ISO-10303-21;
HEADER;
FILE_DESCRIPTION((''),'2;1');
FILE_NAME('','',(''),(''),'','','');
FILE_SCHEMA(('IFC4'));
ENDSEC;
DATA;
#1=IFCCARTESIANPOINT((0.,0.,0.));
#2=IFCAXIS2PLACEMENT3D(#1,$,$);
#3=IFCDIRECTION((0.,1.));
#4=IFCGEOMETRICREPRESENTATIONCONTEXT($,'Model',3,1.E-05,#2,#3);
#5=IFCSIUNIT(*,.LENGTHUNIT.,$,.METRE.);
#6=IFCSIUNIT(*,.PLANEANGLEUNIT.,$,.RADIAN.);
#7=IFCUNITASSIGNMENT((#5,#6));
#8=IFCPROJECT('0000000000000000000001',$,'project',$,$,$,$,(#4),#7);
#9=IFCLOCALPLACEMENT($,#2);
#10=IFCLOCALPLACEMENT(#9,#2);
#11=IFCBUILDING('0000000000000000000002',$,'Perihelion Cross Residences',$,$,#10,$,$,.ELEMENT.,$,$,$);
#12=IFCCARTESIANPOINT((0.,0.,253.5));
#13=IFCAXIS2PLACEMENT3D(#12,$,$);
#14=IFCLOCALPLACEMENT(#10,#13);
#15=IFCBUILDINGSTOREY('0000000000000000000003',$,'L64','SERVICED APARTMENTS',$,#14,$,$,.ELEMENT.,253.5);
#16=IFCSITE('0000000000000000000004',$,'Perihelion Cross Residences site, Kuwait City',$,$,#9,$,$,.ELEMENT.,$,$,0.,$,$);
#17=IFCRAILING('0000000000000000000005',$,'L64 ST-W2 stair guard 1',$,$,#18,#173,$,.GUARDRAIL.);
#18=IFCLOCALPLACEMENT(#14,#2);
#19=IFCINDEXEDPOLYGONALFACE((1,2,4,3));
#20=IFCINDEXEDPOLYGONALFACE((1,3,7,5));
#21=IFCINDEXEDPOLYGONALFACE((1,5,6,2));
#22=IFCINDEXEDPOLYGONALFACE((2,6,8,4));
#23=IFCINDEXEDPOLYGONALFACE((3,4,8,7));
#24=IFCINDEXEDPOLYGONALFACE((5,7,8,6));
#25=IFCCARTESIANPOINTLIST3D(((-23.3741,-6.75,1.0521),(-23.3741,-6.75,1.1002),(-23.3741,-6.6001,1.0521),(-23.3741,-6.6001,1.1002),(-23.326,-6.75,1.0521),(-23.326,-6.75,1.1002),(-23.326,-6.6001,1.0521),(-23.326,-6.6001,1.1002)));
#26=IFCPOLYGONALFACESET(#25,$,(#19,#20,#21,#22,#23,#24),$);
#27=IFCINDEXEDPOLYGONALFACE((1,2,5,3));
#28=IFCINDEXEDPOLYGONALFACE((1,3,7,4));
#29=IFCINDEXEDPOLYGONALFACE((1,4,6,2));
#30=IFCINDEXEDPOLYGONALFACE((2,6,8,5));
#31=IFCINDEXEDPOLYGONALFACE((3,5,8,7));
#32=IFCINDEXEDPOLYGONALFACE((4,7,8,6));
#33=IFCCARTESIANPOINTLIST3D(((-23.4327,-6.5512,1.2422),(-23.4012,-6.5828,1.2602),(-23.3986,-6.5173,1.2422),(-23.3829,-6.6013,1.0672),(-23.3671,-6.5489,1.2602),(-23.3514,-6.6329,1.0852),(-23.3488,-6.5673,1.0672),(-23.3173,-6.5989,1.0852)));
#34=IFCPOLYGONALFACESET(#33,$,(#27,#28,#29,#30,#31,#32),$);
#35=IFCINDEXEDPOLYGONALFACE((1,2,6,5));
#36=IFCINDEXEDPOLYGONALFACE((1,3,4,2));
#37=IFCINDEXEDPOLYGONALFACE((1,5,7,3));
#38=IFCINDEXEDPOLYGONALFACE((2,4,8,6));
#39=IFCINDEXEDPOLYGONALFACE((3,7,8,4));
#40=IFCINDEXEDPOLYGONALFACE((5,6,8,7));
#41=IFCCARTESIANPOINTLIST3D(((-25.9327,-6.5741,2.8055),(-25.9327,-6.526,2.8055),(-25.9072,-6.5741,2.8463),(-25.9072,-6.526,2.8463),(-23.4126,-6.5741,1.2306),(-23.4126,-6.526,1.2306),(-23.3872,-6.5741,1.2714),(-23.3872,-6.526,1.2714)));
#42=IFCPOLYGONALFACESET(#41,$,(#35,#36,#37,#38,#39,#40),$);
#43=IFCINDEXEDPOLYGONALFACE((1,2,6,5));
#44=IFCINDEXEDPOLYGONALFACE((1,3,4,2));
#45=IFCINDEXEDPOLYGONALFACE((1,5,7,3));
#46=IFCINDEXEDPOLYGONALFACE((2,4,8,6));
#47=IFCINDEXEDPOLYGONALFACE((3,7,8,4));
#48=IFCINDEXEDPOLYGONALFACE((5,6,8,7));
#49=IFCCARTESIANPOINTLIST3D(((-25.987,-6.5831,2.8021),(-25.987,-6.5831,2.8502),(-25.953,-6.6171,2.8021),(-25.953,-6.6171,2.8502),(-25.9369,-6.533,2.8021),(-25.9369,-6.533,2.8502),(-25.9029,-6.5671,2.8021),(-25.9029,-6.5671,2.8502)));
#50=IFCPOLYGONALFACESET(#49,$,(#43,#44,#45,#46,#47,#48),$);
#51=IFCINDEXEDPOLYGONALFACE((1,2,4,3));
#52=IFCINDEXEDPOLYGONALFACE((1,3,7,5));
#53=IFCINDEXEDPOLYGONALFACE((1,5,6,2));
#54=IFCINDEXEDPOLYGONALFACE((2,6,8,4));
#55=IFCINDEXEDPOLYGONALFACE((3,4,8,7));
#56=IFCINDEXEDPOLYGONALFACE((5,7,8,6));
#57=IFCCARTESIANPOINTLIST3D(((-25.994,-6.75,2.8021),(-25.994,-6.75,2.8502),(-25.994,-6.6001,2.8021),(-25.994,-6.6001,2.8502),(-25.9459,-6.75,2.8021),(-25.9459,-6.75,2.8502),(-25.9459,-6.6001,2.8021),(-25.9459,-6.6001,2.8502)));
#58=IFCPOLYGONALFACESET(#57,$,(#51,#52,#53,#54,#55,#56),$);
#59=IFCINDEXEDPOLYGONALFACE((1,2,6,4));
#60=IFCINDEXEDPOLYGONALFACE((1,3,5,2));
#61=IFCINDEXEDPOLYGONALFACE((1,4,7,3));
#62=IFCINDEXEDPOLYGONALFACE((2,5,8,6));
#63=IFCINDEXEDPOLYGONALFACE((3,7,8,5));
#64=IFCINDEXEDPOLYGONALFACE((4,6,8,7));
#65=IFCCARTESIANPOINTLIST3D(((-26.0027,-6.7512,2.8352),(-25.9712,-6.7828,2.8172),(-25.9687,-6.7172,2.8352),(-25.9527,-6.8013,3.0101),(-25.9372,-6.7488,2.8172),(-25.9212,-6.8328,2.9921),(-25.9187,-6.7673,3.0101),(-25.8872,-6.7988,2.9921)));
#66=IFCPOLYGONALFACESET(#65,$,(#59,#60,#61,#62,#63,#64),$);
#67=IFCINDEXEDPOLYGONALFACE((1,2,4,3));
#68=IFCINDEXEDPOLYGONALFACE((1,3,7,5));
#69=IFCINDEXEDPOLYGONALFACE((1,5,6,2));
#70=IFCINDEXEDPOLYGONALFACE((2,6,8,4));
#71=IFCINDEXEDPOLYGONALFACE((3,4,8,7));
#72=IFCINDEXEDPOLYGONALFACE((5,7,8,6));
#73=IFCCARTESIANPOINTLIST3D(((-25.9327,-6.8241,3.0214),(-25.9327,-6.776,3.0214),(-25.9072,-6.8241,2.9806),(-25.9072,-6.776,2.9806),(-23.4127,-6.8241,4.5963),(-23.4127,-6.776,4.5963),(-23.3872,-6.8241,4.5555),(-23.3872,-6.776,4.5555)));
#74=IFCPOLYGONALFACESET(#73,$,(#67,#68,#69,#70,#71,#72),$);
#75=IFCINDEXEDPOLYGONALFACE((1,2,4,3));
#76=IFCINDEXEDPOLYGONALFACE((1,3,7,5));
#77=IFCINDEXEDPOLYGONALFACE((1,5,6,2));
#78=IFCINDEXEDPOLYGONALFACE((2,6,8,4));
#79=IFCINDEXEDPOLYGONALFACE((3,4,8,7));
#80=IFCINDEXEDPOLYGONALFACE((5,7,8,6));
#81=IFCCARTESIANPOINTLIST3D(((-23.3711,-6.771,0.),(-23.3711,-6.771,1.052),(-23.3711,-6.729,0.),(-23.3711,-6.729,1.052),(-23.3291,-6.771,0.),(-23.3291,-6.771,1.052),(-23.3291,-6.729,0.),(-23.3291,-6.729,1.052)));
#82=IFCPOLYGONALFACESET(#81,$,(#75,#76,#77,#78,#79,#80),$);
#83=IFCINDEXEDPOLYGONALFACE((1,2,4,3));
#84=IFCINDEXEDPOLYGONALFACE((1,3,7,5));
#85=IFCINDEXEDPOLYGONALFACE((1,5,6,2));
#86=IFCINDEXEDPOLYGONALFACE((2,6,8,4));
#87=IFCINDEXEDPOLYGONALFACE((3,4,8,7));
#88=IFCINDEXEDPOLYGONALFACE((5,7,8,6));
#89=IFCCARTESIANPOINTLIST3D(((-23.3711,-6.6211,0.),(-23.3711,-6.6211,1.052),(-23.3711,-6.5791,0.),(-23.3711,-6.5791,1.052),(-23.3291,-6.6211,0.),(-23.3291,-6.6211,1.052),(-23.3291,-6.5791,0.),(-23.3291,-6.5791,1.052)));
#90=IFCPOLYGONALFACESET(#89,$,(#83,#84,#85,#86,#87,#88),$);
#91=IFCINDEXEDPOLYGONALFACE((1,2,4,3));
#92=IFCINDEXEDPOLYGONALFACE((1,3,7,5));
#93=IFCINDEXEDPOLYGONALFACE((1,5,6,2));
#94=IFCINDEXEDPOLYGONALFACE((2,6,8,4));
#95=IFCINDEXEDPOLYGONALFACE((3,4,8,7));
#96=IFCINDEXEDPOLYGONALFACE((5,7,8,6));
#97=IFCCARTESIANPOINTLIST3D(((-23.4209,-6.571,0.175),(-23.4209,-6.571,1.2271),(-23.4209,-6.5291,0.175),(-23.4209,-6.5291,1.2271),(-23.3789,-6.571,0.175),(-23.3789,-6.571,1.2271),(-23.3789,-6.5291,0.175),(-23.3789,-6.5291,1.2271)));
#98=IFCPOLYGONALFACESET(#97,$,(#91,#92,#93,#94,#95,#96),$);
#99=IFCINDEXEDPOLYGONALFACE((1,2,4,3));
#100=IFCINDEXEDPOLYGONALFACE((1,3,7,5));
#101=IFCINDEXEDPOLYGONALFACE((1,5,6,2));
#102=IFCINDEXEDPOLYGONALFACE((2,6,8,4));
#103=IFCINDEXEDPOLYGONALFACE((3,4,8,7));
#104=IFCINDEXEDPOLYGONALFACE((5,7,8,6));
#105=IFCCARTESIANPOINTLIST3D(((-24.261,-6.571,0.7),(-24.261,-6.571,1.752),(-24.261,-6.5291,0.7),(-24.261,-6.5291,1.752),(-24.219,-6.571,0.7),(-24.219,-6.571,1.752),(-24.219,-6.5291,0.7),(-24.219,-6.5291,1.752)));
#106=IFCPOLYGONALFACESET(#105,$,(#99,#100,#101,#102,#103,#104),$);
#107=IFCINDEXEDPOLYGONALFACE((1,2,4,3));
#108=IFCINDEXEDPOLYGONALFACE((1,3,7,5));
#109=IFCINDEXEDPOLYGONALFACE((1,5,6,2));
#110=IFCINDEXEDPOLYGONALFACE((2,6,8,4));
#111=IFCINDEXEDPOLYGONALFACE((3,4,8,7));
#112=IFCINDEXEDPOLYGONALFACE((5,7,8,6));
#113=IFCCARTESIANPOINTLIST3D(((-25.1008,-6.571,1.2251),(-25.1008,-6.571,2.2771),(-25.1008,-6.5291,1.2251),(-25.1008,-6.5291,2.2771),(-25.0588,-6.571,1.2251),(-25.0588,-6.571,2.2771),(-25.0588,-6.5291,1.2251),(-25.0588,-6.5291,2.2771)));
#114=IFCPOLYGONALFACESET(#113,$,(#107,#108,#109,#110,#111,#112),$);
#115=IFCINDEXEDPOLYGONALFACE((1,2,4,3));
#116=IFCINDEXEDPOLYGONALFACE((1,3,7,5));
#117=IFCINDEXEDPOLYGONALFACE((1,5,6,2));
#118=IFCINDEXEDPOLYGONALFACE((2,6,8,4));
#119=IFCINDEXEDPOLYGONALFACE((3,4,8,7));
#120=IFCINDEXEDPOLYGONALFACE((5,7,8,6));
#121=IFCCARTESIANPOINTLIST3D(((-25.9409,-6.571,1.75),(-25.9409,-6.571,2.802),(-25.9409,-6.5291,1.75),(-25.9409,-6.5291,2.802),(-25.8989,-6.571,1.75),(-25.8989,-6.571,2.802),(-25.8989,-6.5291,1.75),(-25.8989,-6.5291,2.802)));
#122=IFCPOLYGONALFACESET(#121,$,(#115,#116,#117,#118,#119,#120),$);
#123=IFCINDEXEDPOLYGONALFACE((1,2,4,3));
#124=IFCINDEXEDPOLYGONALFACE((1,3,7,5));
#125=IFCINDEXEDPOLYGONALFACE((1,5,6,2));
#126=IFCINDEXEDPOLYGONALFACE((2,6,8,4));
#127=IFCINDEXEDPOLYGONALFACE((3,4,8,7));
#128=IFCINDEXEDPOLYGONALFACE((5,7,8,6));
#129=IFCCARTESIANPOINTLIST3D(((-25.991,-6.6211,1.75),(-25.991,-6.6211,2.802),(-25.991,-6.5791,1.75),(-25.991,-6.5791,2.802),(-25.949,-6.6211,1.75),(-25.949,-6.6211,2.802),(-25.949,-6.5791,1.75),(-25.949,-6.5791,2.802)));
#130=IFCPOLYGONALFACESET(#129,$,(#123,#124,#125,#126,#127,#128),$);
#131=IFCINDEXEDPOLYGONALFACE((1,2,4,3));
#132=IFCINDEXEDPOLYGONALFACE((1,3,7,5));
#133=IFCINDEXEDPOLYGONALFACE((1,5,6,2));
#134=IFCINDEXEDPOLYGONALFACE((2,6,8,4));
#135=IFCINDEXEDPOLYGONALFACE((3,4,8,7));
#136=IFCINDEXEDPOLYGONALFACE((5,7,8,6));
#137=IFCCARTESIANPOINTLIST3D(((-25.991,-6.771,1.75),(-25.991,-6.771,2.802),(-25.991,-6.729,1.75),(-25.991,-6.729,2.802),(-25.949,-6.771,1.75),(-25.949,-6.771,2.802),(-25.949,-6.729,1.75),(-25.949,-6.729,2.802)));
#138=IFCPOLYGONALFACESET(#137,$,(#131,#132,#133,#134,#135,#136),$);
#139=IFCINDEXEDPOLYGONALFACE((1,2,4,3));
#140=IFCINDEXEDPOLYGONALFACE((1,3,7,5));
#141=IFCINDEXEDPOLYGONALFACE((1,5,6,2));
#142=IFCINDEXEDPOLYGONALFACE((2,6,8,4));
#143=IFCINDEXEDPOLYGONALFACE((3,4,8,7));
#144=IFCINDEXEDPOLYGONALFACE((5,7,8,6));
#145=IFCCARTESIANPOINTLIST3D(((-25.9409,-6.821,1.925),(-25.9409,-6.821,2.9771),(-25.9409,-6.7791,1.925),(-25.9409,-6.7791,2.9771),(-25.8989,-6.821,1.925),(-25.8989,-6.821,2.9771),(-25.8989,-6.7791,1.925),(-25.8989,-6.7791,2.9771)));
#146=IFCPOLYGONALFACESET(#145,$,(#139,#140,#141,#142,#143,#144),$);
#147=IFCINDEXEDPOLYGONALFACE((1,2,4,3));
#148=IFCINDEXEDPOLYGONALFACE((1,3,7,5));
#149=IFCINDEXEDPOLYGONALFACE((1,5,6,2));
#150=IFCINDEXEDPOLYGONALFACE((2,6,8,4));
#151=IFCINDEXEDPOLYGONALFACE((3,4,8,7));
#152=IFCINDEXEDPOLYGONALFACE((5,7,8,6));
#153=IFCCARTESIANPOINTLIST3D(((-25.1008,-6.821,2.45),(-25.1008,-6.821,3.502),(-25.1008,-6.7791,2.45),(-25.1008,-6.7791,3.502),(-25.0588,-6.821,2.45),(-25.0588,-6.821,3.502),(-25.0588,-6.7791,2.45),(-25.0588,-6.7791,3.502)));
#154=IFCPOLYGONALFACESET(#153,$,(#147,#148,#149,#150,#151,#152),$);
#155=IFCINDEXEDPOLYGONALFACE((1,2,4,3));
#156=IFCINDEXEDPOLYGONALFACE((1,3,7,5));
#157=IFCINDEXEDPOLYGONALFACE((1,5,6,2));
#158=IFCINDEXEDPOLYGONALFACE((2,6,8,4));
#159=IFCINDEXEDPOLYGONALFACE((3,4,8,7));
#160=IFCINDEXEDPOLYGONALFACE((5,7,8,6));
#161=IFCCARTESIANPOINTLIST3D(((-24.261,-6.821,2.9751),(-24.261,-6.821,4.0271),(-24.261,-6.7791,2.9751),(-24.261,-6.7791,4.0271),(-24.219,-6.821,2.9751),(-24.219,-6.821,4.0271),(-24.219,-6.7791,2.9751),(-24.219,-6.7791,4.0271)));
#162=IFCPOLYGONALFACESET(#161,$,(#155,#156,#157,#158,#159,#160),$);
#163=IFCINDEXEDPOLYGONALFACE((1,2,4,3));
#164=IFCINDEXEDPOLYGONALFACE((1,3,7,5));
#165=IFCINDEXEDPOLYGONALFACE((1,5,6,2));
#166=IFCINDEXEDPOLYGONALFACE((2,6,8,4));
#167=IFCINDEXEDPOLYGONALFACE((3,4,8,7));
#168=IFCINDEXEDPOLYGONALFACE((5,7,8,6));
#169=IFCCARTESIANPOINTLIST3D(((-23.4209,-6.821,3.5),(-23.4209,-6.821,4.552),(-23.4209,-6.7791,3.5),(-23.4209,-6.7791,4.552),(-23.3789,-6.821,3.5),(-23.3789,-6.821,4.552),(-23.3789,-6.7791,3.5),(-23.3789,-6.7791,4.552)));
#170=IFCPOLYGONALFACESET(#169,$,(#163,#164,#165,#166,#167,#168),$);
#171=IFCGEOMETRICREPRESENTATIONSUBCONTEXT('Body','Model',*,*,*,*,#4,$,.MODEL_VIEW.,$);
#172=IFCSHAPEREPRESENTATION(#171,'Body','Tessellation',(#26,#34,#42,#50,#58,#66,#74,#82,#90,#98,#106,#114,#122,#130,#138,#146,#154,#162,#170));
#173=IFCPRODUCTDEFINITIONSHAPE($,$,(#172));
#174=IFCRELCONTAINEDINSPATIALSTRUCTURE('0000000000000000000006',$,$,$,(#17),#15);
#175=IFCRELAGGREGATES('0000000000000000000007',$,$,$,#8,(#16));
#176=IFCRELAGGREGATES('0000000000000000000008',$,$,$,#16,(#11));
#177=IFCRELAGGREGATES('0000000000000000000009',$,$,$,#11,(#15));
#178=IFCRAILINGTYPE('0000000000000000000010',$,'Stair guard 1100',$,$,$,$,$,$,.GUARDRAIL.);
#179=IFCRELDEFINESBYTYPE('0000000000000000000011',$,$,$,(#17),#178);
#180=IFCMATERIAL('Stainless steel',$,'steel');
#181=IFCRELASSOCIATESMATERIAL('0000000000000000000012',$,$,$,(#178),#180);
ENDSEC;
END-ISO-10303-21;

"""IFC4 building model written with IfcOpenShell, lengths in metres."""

from ifc_helpers import new_model, si_unit, direction, frame, origin, origin_2d, place, context, subcontext, project, spatial, rectangle, extrude, material, type_object, element, save


model = new_model("IFC4")

# Units and contexts
model_context = context("Model", 3, precision=1e-05, world=origin(), true_north=direction((0.0, 1.0)))
body_context = subcontext(model_context, "Body", "Model", "MODEL_VIEW")
ifc_project = project(units=[si_unit("LENGTHUNIT", "METRE"), si_unit("PLANEANGLEUNIT", "RADIAN")], contexts=[model_context])

# Site, building, storey
site_placement = place(None, origin())
site = spatial("IfcSite", under=ifc_project, at=site_placement, Name="Perihelion Cross Residences site, Kuwait City", CompositionType="ELEMENT", RefElevation=0.0)
building_placement = place(site_placement, origin())
building = spatial("IfcBuilding", under=site, at=building_placement, Name="Perihelion Cross Residences", CompositionType="ELEMENT")
storey_placement = place(building_placement, frame((0.0, 0.0, 253.5)))
storey = spatial("IfcBuildingStorey", under=building, at=storey_placement, Name="L64", Description="SERVICED APARTMENTS", CompositionType="ELEMENT", Elevation=253.5)

# Railing
ifc_material_1 = material(Name="Stainless steel", Category="steel")
railing_type_1 = type_object("IfcRailingType", Name="Stair guard 1100", PredefinedType="GUARDRAIL", material=ifc_material_1)
railing_1_placement = place(storey_placement, frame((-23.3501, -6.75, 0.0)))
element("IfcRailing", 1, at=railing_1_placement, inside=storey, type_object=railing_type_1, Name="L64 ST-W2 stair guard 1", PredefinedType="GUARDRAIL", context=body_context, shape_type="SweptSolid", body=[
    extrude(rectangle(XDim=0.0481, YDim=0.0481, at=origin_2d()), frame((0.0, 0.0, 1.0762), z_axis=(0.0, 1.0, 0.0), x_axis=(-1.0, 0.0, 0.0)), (0.0, 0.0, 1.0), 0.1499),
    extrude(rectangle(XDim=0.0481, YDim=0.0481, at=origin_2d()), frame((0.0, 0.1499, 1.0762), z_axis=(-0.263862, 0.265156, 0.927399), x_axis=(-0.708834, -0.705376, 0.0)), (0.0, 0.0, 1.0), 0.1887),
    extrude(rectangle(XDim=0.0481, YDim=0.0481, at=origin_2d()), frame((-0.0498, 0.2, 1.251), z_axis=(-0.848008, 0.0, 0.529984), x_axis=(0.0, -1.0, 0.0)), (0.0, 0.0, 1.0), 2.9717),
    extrude(rectangle(XDim=0.0481, YDim=0.0481, at=origin_2d()), frame((-2.5698, 0.2, 2.8262), z_axis=(-0.707107, -0.707107, 0.0), x_axis=(0.707107, -0.707107, 0.0)), (0.0, 0.0, 1.0), 0.0708),
    extrude(rectangle(XDim=0.0481, YDim=0.0481, at=origin_2d()), frame((-2.6199, 0.1499, 2.8262), z_axis=(0.0, -1.0, 0.0), x_axis=(1.0, 0.0, 0.0)), (0.0, 0.0, 1.0), 0.1499),
    extrude(rectangle(XDim=0.0481, YDim=0.0481, at=origin_2d()), frame((-2.6199, 0.0, 2.8262), z_axis=(0.265065, -0.265065, 0.927082), x_axis=(0.707107, 0.707107, 0.0)), (0.0, 0.0, 1.0), 0.1887),
    extrude(rectangle(XDim=0.0481, YDim=0.0481, at=origin_2d()), frame((-2.5698, -0.05, 3.001), z_axis=(0.848008, 0.0, 0.529984), x_axis=(0.0, 1.0, 0.0)), (0.0, 0.0, 1.0), 2.9717),
    extrude(rectangle(XDim=0.042, YDim=0.042, at=origin_2d()), origin(), (0.0, 0.0, 1.0), 1.052),
    extrude(rectangle(XDim=0.042, YDim=0.042, at=origin_2d()), frame((0.0, 0.1499, 0.0)), (0.0, 0.0, 1.0), 1.052),
    extrude(rectangle(XDim=0.042, YDim=0.042, at=origin_2d()), frame((-0.0498, 0.2, 0.175)), (0.0, 0.0, 1.0), 1.052),
    extrude(rectangle(XDim=0.042, YDim=0.042, at=origin_2d()), frame((-0.8899, 0.2, 0.7)), (0.0, 0.0, 1.0), 1.052),
    extrude(rectangle(XDim=0.042, YDim=0.042, at=origin_2d()), frame((-1.7297, 0.2, 1.2251)), (0.0, 0.0, 1.0), 1.052),
    extrude(rectangle(XDim=0.042, YDim=0.042, at=origin_2d()), frame((-2.5698, 0.2, 1.75)), (0.0, 0.0, 1.0), 1.052),
    extrude(rectangle(XDim=0.042, YDim=0.042, at=origin_2d()), frame((-2.6199, 0.1499, 1.75)), (0.0, 0.0, 1.0), 1.052),
    extrude(rectangle(XDim=0.042, YDim=0.042, at=origin_2d()), frame((-2.6199, 0.0, 1.75)), (0.0, 0.0, 1.0), 1.052),
    extrude(rectangle(XDim=0.042, YDim=0.042, at=origin_2d()), frame((-2.5698, -0.05, 1.925)), (0.0, 0.0, 1.0), 1.052),
    extrude(rectangle(XDim=0.042, YDim=0.042, at=origin_2d()), frame((-1.7297, -0.05, 2.45)), (0.0, 0.0, 1.0), 1.052),
    extrude(rectangle(XDim=0.042, YDim=0.042, at=origin_2d()), frame((-0.8899, -0.05, 2.9751)), (0.0, 0.0, 1.0), 1.052),
    extrude(rectangle(XDim=0.042, YDim=0.042, at=origin_2d()), frame((-0.0498, -0.05, 3.5)), (0.0, 0.0, 1.0), 1.052),
])

save(model, "model.ifc")
